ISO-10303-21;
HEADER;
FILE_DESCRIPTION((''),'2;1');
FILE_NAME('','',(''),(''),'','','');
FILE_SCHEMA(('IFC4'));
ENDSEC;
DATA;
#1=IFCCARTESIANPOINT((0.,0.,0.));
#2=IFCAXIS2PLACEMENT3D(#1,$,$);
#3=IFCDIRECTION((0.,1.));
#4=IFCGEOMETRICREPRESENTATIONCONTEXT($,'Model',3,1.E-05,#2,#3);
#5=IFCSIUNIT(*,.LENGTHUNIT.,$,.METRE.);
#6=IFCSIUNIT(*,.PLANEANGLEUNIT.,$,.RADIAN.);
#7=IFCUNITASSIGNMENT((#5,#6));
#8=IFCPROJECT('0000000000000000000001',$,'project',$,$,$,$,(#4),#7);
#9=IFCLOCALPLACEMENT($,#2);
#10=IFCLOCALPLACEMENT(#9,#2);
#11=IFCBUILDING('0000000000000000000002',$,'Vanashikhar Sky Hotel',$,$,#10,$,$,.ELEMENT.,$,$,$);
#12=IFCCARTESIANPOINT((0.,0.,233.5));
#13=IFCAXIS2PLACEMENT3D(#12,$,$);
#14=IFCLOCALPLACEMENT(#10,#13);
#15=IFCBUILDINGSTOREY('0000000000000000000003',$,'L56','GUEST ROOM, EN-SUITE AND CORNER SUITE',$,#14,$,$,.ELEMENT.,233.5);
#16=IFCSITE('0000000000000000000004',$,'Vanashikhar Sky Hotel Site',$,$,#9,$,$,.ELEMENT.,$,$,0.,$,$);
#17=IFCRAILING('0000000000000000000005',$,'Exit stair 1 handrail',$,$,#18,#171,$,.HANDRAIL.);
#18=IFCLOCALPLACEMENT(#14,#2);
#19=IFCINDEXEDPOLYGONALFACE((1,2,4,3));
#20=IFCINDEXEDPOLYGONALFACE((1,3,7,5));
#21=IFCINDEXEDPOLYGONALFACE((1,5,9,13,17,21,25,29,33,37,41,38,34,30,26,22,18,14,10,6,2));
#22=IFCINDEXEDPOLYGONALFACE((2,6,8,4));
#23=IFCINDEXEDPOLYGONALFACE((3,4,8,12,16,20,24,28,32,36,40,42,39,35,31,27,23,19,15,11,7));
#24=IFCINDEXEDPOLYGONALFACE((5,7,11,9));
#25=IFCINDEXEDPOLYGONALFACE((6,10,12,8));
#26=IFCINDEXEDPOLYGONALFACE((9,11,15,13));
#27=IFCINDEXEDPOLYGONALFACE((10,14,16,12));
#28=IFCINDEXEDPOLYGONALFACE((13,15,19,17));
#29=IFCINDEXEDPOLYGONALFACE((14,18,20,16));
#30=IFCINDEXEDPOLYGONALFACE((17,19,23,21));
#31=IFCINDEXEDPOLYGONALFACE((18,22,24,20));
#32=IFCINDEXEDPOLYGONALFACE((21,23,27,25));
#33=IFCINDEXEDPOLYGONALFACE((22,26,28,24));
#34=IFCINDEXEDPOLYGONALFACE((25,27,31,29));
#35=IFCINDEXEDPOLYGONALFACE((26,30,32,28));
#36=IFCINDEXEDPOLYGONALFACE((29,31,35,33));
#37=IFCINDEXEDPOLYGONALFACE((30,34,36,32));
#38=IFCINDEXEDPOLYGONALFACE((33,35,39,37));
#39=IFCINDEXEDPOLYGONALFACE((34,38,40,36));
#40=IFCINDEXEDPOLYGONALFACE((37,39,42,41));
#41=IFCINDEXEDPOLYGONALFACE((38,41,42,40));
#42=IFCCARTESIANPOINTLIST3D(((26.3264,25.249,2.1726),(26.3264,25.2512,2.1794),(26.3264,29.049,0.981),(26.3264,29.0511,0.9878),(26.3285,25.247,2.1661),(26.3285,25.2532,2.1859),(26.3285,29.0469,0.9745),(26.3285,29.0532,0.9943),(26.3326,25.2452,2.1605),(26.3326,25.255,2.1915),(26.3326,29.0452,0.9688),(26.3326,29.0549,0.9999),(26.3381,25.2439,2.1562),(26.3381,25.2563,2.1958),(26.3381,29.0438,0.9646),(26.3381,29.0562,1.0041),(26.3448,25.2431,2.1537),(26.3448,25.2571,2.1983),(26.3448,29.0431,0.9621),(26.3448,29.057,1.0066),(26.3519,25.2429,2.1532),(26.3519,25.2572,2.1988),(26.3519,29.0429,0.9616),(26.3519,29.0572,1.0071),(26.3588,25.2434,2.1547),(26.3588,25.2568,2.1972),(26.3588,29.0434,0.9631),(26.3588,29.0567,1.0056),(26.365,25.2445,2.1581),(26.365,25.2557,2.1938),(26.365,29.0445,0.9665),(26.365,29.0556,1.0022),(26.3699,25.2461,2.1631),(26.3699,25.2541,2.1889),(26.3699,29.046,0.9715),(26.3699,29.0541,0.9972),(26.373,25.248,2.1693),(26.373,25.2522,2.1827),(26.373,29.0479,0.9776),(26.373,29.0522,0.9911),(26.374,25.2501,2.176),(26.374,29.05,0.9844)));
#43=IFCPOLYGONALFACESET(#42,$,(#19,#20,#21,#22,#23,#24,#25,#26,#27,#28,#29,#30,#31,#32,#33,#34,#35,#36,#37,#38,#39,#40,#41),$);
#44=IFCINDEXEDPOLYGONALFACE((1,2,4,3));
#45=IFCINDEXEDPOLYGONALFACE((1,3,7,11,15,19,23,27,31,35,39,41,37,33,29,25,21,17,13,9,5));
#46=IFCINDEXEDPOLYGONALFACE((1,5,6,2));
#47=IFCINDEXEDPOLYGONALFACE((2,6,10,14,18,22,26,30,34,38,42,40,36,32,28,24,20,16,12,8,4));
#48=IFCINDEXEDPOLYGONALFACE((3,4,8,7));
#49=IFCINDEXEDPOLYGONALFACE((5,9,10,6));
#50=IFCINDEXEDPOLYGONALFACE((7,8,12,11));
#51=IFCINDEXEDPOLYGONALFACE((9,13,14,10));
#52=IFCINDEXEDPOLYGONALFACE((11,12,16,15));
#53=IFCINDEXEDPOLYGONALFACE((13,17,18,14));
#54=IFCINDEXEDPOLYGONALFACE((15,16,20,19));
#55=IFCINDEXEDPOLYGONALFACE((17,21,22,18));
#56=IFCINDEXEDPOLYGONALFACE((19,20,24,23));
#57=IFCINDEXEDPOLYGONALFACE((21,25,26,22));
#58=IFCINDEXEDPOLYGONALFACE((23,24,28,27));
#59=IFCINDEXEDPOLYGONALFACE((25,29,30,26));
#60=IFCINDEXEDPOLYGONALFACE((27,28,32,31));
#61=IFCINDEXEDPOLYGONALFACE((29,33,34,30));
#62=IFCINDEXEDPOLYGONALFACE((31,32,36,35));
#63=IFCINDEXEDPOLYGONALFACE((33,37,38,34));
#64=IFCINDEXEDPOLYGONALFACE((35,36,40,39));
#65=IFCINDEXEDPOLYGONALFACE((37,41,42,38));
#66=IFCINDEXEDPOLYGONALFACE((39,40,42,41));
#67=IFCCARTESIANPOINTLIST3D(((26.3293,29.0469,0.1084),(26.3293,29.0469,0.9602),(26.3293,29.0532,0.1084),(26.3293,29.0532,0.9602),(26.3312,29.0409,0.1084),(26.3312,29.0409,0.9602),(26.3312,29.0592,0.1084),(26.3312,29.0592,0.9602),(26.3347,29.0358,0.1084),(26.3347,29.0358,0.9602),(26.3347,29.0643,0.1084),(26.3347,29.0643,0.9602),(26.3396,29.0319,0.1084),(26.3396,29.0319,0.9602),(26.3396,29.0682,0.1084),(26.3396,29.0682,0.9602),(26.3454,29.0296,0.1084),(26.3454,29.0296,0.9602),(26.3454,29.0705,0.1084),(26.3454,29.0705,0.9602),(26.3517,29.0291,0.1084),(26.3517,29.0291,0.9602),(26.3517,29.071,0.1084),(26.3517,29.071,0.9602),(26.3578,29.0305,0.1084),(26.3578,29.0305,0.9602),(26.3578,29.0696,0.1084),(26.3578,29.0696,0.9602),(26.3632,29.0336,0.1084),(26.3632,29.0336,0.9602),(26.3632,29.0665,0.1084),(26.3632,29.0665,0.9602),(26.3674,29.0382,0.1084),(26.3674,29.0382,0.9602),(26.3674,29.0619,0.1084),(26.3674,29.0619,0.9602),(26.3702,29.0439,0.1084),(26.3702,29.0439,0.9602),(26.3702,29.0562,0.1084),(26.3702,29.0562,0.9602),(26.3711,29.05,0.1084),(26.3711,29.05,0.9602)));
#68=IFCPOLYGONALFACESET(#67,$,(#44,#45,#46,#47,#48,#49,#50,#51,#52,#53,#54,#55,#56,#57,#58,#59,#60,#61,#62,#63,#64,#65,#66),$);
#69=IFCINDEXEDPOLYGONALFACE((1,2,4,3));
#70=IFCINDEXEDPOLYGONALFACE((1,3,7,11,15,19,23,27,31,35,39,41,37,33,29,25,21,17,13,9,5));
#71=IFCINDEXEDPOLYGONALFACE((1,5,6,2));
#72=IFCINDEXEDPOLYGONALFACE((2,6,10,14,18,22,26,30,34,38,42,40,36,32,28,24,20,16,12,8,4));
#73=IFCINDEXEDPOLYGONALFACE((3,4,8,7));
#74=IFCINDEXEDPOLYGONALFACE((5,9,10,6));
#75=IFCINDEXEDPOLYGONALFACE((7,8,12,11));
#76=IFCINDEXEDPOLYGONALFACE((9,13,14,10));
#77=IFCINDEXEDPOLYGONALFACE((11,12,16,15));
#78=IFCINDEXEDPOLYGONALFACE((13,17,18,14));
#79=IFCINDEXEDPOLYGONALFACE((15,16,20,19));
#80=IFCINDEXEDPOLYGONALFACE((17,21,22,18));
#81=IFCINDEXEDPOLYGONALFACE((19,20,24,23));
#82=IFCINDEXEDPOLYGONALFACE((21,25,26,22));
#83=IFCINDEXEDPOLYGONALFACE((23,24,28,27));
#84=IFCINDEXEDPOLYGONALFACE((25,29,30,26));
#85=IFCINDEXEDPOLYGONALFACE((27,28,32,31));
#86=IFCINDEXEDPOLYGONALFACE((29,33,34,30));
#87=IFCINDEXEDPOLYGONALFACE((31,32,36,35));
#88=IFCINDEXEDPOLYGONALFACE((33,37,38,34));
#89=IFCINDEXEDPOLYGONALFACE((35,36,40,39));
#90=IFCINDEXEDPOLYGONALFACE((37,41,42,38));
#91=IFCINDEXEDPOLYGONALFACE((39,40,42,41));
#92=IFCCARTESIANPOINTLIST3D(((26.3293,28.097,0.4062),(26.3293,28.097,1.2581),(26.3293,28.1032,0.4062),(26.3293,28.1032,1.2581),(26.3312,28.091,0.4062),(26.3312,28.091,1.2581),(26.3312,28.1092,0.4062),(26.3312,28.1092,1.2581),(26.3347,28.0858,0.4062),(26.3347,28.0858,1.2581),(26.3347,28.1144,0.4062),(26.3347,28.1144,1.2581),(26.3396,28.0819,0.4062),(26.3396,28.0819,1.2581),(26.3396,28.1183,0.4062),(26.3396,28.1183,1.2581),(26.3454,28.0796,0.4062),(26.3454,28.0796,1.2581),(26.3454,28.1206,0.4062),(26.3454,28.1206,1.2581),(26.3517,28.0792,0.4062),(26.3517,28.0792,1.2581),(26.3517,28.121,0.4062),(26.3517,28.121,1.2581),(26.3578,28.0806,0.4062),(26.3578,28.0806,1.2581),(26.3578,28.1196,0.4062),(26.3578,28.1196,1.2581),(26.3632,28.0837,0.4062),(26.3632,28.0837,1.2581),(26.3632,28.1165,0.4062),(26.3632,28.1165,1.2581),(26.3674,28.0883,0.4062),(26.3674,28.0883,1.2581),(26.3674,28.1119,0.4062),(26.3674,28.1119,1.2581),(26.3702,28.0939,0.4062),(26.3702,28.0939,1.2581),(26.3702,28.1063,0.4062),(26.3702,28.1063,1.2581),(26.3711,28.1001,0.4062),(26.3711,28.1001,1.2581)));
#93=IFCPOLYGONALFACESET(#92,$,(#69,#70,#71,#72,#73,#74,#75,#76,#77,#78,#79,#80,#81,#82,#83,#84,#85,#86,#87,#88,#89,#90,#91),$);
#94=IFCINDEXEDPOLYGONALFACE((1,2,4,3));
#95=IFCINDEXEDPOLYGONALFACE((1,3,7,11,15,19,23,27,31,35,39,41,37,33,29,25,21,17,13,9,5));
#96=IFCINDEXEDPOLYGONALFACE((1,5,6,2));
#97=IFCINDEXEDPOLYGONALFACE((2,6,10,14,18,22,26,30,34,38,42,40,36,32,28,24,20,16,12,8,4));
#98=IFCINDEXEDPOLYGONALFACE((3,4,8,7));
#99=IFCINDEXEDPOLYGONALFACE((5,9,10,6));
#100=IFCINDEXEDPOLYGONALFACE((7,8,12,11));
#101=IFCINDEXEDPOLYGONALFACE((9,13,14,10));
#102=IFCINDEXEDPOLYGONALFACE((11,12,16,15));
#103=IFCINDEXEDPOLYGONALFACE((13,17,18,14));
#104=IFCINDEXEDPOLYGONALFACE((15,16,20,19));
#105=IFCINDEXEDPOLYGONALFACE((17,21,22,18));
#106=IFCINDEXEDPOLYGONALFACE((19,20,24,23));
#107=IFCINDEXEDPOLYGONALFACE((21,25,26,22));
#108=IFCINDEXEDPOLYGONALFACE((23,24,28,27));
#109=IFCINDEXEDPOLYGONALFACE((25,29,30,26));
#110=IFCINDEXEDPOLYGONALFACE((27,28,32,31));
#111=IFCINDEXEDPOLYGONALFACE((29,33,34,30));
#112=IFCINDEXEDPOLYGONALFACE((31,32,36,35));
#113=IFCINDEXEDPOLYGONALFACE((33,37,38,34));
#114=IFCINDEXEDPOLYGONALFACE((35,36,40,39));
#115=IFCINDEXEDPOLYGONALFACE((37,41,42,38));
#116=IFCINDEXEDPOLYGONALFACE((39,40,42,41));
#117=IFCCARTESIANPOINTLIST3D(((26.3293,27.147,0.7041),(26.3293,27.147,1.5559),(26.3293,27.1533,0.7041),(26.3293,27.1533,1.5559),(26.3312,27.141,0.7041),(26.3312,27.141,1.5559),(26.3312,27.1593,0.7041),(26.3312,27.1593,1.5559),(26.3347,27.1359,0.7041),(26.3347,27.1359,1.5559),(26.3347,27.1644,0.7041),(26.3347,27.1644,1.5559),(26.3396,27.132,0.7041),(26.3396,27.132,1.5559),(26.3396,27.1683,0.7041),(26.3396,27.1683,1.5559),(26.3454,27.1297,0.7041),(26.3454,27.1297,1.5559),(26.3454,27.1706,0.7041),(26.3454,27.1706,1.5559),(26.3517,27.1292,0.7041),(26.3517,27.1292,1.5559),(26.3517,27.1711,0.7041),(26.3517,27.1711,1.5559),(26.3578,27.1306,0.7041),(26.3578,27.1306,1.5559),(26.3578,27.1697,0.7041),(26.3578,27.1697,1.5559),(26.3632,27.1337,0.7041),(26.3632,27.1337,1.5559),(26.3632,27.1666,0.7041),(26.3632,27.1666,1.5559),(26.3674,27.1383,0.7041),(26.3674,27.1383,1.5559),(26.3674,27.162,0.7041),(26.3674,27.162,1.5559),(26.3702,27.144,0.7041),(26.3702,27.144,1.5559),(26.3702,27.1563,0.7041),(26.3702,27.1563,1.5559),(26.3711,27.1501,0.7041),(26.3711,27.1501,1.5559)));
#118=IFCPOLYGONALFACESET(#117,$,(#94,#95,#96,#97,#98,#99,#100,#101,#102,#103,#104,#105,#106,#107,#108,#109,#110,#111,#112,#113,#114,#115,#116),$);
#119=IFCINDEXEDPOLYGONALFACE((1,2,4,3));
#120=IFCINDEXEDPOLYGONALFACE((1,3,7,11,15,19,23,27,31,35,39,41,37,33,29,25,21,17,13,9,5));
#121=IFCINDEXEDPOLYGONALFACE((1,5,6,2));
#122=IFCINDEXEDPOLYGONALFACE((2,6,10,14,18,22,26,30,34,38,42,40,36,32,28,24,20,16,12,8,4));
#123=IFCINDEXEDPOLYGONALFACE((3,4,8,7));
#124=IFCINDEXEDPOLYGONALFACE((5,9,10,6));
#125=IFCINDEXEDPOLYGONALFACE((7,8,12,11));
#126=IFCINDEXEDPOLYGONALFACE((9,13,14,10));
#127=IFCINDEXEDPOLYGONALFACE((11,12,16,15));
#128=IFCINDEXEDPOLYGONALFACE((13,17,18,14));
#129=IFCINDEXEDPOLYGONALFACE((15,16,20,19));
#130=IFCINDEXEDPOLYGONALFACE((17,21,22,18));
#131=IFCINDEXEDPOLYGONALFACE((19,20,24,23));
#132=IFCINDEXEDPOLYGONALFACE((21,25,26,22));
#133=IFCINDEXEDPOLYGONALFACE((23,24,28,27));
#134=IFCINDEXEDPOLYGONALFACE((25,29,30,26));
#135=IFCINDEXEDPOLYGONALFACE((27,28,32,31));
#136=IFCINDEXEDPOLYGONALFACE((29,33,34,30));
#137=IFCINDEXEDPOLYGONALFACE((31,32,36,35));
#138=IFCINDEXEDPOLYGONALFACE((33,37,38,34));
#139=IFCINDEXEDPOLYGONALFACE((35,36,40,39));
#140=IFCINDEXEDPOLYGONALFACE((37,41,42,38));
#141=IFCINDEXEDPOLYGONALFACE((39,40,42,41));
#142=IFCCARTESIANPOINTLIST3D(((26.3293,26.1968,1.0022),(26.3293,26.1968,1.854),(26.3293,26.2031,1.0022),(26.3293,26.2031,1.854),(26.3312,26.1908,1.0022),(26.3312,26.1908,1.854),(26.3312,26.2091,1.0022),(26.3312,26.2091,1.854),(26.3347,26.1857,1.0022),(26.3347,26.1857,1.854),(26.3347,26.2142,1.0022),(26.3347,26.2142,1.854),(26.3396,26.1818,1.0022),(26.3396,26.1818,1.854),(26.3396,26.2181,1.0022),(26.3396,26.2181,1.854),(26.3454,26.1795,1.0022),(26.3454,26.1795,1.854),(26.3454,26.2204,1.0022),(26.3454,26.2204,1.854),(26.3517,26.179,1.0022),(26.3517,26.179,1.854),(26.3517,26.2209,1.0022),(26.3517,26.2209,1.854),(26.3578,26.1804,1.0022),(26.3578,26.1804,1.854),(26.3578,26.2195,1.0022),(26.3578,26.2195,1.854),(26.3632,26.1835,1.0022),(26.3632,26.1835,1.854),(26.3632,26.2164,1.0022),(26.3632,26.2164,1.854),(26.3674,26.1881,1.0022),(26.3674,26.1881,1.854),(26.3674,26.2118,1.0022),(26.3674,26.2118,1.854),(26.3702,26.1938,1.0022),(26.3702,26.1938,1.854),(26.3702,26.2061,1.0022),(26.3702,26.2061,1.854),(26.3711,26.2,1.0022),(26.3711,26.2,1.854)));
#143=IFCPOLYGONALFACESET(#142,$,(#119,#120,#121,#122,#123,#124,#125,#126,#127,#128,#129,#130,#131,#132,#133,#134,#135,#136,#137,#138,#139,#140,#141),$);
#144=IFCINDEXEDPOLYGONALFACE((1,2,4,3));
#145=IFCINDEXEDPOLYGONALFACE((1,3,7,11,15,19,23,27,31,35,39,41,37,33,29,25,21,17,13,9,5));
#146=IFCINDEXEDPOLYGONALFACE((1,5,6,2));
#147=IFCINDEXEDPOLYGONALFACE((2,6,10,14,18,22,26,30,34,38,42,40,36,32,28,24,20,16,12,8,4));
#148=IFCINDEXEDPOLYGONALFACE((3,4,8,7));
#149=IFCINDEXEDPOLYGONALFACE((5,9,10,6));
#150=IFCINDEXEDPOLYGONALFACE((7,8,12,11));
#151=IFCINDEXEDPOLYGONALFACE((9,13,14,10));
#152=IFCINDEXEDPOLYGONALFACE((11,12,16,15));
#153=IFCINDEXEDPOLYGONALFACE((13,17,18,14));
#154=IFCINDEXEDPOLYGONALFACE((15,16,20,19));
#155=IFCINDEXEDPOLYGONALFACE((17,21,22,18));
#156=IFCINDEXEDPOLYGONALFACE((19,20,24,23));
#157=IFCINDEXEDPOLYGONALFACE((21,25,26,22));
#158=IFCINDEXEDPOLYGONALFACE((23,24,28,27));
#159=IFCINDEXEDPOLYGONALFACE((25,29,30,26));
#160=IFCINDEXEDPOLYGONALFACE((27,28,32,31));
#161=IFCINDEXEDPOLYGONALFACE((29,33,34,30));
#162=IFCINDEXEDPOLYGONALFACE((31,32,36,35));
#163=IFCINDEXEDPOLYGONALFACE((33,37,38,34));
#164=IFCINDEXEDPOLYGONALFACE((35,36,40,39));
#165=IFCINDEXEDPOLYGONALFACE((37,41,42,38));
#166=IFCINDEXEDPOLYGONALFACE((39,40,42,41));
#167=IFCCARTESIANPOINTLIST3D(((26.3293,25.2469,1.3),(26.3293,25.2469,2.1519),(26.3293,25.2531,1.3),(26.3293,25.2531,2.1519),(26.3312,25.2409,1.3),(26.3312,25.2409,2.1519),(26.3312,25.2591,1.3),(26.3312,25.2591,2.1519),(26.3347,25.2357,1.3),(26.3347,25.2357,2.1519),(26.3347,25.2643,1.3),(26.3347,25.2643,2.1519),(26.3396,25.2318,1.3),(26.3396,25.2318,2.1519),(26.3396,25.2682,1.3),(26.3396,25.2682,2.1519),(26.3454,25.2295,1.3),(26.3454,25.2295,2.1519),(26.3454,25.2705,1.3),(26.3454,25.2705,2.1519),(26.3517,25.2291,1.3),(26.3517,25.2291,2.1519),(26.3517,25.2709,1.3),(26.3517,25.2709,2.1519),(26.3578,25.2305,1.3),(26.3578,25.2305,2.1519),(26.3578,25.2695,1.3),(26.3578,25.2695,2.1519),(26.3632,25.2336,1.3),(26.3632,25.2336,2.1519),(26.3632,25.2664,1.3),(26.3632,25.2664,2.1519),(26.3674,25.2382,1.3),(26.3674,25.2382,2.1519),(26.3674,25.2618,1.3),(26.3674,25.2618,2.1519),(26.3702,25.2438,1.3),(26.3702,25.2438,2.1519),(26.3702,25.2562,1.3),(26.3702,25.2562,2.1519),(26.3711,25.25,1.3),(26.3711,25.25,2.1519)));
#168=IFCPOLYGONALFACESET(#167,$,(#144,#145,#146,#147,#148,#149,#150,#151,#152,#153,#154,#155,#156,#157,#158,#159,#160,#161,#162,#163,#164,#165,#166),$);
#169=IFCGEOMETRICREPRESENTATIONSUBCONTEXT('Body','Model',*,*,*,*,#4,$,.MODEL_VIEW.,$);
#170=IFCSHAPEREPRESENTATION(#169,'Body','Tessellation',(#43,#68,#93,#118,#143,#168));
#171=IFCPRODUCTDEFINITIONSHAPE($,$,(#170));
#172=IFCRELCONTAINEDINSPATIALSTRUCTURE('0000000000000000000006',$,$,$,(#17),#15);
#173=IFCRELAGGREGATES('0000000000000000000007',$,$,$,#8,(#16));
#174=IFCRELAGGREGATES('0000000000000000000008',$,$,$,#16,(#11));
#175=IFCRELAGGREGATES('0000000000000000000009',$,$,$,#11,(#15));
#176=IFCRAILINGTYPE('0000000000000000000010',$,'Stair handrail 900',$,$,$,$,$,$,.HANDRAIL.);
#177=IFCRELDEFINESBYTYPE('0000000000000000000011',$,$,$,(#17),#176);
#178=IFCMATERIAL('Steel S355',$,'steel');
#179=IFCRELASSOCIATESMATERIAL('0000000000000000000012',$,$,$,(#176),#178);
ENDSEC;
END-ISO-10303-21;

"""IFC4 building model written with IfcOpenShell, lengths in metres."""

from ifc_helpers import new_model, si_unit, direction, frame, origin, origin_2d, place, context, subcontext, project, spatial, circle, extrude, source, transform, mapped, material, type_object, element, save


model = new_model("IFC4")

# Units and contexts
model_context = context("Model", 3, precision=1e-05, world=origin(), true_north=direction((0.0, 1.0)))
body_context = subcontext(model_context, "Body", "Model", "MODEL_VIEW")
ifc_project = project(units=[si_unit("LENGTHUNIT", "METRE"), si_unit("PLANEANGLEUNIT", "RADIAN")], contexts=[model_context])

# Site, building, storey
site_placement = place(None, origin())
site = spatial("IfcSite", under=ifc_project, at=site_placement, Name="Vanashikhar Sky Hotel Site", CompositionType="ELEMENT", RefElevation=0.0)
building_placement = place(site_placement, origin())
building = spatial("IfcBuilding", under=site, at=building_placement, Name="Vanashikhar Sky Hotel", CompositionType="ELEMENT")
storey_placement = place(building_placement, frame((0.0, 0.0, 233.5)))
storey = spatial("IfcBuildingStorey", under=building, at=storey_placement, Name="L56", Description="GUEST ROOM, EN-SUITE AND CORNER SUITE", CompositionType="ELEMENT", Elevation=233.5)

# Railing
ifc_material_1 = material(Name="Steel S355", Category="steel")
railing_type = type_object("IfcRailingType", Name="Stair handrail 900", PredefinedType="HANDRAIL", material=ifc_material_1)
shared_shape_1 = source(origin(), body_context, "Body", "SweptSolid", [
    extrude(circle(Radius=0.0239, at=origin_2d()), frame((0.0, 0.0, 0.876), z_axis=(0.0, -0.954184, 0.299221), x_axis=(1.0, 0.0, 0.0)), (0.0, 0.0, 1.0), 3.9824),
    extrude(circle(Radius=0.021, at=origin_2d()), origin(), (0.0, 0.0, 1.0), 0.8518),
    extrude(circle(Radius=0.021, at=origin_2d()), frame((0.0, -0.95, 0.2979)), (0.0, 0.0, 1.0), 0.8518),
    extrude(circle(Radius=0.021, at=origin_2d()), frame((0.0, -1.8999, 0.5957)), (0.0, 0.0, 1.0), 0.8518),
    extrude(circle(Radius=0.021, at=origin_2d()), frame((0.0, -2.8501, 0.8938)), (0.0, 0.0, 1.0), 0.8518),
    extrude(circle(Radius=0.021, at=origin_2d()), frame((0.0, -3.8, 1.1917)), (0.0, 0.0, 1.0), 0.8518),
])
for number, where, name in (
    (1, (26.3501, 29.05, 0.1084), "Exit stair 1 handrail"),
):
    element("IfcRailing", number, at=place(storey_placement, frame(where)), inside=storey, type_object=railing_type, Name=name, PredefinedType="HANDRAIL", context=body_context, shape_type="MappedRepresentation", body=[
        mapped(shared_shape_1, transform((0.0, 0.0, 0.0), scale=1.0)),
    ])

save(model, "model.ifc")
